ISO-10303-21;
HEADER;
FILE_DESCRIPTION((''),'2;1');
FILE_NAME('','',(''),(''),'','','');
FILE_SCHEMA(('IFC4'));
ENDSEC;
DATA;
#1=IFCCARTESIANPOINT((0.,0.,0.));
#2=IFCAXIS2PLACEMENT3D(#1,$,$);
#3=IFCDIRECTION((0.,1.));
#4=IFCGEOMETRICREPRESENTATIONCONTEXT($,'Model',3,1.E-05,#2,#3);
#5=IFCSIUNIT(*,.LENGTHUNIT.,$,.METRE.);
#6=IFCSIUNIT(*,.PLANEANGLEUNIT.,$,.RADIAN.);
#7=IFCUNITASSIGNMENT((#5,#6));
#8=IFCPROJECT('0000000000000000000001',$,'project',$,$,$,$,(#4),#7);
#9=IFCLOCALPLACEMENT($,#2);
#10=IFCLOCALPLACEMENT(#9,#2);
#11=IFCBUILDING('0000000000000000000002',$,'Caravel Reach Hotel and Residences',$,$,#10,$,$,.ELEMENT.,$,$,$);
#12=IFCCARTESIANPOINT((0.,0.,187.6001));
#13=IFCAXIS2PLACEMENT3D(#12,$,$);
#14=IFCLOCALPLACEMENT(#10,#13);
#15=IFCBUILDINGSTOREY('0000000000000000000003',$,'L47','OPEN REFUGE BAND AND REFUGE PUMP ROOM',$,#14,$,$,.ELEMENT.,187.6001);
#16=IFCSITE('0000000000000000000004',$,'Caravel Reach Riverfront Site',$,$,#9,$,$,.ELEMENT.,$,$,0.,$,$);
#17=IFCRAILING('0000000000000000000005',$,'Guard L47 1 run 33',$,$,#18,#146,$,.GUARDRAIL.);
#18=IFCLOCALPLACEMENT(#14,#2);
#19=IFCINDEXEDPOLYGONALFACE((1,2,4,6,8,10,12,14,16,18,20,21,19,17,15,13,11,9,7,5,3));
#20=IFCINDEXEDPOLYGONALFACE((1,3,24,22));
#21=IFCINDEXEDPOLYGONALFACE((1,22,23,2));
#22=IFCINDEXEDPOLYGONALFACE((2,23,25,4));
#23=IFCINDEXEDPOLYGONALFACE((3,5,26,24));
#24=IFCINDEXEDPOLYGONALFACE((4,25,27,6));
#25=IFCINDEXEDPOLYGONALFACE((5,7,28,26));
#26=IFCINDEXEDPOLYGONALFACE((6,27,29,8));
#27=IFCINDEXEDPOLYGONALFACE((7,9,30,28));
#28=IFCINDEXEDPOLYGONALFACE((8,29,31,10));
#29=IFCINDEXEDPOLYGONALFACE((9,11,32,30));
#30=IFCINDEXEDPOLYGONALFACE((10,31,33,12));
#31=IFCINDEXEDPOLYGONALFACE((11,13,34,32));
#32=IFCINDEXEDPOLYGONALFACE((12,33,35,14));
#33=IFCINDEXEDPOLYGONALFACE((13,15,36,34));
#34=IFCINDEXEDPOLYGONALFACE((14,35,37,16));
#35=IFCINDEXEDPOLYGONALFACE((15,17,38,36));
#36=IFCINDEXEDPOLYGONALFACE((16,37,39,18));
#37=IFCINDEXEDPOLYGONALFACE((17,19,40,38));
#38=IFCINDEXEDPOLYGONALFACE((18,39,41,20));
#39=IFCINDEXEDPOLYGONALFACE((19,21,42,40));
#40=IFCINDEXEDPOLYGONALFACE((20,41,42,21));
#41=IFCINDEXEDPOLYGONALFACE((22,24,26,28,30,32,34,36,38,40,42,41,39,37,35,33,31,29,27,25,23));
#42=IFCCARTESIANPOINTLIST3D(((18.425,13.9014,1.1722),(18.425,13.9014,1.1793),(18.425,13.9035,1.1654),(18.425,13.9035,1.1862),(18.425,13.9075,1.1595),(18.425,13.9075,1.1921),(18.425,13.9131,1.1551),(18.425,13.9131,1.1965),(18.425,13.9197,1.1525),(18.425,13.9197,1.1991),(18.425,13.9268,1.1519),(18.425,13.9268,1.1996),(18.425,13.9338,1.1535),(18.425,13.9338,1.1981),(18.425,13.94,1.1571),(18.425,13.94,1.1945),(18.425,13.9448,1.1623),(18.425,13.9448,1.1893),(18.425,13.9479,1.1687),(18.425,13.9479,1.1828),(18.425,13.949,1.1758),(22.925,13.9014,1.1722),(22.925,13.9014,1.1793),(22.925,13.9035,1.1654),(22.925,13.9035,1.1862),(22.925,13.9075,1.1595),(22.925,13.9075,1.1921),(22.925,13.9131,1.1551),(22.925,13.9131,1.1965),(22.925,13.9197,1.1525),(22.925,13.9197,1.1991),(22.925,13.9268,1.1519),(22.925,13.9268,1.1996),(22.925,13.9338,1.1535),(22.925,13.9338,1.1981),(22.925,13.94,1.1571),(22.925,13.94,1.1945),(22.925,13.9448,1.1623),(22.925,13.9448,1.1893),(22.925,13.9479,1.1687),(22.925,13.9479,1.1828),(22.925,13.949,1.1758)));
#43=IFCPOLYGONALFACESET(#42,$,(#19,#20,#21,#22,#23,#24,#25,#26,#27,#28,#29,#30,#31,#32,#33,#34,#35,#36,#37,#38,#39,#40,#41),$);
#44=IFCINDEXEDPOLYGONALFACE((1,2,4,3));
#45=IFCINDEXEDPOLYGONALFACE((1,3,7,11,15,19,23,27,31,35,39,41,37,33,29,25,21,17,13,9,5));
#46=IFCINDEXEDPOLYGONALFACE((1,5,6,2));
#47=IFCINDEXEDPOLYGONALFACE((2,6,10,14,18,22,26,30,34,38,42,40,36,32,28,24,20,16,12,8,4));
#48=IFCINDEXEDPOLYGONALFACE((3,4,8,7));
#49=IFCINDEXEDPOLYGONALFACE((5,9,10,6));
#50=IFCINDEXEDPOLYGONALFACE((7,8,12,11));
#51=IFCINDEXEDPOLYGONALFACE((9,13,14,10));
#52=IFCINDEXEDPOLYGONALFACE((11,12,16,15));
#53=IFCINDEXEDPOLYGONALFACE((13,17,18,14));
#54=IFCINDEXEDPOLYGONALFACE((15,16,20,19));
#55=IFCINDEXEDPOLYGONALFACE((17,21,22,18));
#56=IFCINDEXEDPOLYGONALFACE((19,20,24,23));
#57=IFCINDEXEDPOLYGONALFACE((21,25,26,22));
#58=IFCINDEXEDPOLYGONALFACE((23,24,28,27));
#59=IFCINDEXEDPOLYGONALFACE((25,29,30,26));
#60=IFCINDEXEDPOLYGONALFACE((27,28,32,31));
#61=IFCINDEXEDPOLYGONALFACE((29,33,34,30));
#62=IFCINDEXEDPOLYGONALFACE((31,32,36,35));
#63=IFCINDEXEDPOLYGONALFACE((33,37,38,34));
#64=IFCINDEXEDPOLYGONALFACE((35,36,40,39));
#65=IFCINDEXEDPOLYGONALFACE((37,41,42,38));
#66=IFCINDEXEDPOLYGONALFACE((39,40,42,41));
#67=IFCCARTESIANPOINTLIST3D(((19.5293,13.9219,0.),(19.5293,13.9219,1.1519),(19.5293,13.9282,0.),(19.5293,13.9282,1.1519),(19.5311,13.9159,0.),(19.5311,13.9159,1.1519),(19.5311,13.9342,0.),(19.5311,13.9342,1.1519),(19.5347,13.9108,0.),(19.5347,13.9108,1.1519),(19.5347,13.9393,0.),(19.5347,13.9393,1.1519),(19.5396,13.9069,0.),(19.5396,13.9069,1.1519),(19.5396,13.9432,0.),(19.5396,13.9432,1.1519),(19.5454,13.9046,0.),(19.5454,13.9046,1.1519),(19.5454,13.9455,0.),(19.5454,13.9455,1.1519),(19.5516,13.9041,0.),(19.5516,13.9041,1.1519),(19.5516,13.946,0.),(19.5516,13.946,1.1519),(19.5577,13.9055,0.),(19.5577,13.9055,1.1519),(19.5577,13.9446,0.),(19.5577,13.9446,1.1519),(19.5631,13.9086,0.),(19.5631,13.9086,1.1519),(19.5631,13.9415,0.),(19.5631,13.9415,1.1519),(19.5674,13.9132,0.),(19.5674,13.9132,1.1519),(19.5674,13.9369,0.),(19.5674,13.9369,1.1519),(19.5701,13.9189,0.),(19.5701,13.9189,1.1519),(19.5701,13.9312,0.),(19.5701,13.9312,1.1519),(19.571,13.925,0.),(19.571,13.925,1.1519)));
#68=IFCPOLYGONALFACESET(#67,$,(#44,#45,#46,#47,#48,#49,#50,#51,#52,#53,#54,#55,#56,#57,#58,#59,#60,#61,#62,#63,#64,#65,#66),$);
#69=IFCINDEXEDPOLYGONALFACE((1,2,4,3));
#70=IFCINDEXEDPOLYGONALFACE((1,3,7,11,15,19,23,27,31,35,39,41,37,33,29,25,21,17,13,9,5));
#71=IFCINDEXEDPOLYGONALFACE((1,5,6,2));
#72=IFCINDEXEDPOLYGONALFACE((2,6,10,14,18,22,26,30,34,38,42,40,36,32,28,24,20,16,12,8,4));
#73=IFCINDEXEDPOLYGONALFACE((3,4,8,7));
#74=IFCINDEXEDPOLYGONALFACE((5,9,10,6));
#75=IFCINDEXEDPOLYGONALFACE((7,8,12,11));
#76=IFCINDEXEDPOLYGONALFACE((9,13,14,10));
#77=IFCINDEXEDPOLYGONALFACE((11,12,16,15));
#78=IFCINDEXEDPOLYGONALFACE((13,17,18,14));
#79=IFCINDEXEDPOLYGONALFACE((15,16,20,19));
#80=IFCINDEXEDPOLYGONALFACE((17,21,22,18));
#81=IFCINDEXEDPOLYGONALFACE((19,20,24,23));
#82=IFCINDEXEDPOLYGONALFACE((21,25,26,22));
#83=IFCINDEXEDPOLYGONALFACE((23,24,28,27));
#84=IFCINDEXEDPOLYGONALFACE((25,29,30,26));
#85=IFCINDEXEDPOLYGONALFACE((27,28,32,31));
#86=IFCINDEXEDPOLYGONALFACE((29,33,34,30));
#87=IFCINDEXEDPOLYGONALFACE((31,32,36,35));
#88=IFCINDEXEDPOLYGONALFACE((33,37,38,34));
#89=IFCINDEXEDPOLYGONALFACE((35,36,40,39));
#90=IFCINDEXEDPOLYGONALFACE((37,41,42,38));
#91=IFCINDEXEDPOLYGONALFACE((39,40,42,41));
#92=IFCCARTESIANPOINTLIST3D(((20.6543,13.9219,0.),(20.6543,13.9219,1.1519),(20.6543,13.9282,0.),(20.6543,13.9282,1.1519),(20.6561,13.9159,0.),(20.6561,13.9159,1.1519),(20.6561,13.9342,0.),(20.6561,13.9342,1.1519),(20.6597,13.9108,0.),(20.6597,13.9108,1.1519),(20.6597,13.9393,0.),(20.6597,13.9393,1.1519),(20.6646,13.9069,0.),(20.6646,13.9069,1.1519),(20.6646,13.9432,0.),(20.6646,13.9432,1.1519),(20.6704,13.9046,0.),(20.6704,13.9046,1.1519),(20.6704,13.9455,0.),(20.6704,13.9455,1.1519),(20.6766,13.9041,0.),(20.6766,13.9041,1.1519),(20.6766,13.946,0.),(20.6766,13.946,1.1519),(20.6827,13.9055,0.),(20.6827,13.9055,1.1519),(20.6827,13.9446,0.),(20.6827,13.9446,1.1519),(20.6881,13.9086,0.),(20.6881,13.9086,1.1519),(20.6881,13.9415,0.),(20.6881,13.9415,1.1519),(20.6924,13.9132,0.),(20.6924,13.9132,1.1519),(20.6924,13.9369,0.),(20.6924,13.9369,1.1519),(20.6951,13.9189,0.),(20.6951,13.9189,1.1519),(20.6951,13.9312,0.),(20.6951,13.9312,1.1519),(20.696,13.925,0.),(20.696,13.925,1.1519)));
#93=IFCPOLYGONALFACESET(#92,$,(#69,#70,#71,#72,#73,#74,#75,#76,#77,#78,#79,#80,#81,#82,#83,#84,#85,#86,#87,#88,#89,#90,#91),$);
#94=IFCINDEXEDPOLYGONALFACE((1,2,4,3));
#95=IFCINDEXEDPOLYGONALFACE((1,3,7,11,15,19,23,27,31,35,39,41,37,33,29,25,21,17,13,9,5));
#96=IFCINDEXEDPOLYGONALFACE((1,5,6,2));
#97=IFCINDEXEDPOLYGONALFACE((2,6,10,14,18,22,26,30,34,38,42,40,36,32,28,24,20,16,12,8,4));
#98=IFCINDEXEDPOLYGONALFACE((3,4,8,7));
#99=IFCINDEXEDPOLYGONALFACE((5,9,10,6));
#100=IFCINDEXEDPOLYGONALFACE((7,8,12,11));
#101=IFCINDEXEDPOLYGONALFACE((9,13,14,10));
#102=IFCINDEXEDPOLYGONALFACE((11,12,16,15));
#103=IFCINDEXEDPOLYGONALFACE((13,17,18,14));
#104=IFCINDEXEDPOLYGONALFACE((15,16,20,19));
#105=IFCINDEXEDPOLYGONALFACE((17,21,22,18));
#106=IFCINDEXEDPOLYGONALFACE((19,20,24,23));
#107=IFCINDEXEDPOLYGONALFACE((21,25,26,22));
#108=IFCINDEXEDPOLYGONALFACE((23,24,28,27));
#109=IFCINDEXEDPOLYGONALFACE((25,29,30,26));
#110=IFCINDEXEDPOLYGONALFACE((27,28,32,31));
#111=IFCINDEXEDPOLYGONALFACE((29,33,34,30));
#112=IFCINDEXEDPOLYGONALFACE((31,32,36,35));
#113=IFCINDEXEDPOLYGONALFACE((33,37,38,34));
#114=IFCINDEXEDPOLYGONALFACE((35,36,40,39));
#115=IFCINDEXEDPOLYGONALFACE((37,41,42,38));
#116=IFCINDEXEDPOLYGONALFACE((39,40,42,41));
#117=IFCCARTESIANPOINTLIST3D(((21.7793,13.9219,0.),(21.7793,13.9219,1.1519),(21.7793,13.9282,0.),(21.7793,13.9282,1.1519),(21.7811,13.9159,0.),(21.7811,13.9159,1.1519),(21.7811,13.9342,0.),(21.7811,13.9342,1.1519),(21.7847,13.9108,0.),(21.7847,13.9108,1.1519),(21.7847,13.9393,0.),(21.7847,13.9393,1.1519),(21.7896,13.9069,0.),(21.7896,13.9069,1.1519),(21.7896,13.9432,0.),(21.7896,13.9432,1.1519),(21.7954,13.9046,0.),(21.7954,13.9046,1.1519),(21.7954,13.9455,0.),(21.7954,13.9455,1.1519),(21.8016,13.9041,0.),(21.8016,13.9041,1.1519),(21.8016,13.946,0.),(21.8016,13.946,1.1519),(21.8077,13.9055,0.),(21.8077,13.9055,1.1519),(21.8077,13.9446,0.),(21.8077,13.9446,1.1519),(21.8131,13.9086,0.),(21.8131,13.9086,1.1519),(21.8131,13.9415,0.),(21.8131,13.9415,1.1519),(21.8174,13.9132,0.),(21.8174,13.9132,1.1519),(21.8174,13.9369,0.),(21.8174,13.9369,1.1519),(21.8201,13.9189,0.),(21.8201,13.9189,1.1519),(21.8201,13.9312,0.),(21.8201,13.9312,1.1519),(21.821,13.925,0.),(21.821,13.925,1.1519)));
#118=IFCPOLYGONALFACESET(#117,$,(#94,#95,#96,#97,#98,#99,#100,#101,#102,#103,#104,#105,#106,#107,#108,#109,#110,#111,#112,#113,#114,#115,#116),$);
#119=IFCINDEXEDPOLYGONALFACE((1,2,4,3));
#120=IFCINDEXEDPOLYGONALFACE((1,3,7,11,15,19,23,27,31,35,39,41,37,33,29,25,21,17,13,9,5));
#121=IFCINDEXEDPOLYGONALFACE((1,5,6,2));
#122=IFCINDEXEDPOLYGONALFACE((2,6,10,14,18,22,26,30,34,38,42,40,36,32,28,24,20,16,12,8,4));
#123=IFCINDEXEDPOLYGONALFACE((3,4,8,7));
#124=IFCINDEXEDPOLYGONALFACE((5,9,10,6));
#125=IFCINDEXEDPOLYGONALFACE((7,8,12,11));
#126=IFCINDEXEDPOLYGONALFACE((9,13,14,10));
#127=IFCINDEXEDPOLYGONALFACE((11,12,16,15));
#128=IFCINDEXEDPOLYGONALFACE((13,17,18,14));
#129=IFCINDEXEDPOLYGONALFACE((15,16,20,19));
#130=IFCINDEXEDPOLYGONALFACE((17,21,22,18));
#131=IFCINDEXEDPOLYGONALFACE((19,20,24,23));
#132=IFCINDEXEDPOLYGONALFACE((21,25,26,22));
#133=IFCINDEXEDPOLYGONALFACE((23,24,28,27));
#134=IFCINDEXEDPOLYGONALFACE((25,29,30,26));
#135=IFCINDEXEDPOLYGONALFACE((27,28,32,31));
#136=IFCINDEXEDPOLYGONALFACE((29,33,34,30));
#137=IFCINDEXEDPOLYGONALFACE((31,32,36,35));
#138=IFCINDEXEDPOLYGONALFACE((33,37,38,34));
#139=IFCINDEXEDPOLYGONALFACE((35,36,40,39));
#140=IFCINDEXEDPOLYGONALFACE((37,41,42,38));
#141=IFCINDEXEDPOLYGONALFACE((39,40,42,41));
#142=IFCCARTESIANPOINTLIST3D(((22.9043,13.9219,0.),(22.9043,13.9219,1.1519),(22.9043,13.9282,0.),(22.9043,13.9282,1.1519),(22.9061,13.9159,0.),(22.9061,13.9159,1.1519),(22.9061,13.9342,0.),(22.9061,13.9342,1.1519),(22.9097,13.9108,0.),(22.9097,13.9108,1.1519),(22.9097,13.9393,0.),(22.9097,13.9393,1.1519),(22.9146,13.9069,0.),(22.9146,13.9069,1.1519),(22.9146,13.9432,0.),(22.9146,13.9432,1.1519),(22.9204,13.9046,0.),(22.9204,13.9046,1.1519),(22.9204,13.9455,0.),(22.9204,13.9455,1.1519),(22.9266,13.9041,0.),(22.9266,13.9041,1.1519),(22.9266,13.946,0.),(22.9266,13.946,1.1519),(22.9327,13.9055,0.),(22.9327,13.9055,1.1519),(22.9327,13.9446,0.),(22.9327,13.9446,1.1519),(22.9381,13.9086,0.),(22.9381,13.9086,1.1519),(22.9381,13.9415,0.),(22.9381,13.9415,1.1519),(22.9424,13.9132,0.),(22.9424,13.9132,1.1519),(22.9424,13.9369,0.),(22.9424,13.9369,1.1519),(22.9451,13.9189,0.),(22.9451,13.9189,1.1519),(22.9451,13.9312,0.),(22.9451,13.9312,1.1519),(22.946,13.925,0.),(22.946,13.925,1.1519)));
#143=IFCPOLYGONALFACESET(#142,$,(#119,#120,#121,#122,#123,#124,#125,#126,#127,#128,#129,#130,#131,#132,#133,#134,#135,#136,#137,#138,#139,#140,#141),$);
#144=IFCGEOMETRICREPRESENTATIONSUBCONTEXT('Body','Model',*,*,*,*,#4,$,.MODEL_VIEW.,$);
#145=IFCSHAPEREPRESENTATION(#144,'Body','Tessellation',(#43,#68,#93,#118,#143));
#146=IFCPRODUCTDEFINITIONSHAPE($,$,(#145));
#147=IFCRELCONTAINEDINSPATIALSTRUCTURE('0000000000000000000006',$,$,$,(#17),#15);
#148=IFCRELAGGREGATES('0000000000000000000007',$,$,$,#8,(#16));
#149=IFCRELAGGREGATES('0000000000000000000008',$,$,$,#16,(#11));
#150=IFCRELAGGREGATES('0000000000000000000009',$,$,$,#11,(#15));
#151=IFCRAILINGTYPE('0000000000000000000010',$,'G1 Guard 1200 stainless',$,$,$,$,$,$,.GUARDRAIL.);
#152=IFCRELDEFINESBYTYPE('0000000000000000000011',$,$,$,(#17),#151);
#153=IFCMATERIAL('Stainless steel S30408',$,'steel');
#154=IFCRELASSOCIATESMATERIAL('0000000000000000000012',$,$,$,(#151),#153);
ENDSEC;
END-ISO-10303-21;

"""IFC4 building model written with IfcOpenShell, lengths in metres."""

from ifc_helpers import new_model, si_unit, direction, frame, origin, origin_2d, place, context, subcontext, project, spatial, circle, extrude, material, type_object, element, save


model = new_model("IFC4")

# Units and contexts
model_context = context("Model", 3, precision=1e-05, world=origin(), true_north=direction((0.0, 1.0)))
body_context = subcontext(model_context, "Body", "Model", "MODEL_VIEW")
ifc_project = project(units=[si_unit("LENGTHUNIT", "METRE"), si_unit("PLANEANGLEUNIT", "RADIAN")], contexts=[model_context])

# Site, building, storey
site_placement = place(None, origin())
site = spatial("IfcSite", under=ifc_project, at=site_placement, Name="Caravel Reach Riverfront Site", CompositionType="ELEMENT", RefElevation=0.0)
building_placement = place(site_placement, origin())
building = spatial("IfcBuilding", under=site, at=building_placement, Name="Caravel Reach Hotel and Residences", CompositionType="ELEMENT")
storey_placement = place(building_placement, frame((0.0, 0.0, 187.6001)))
storey = spatial("IfcBuildingStorey", under=building, at=storey_placement, Name="L47", Description="OPEN REFUGE BAND AND REFUGE PUMP ROOM", CompositionType="ELEMENT", Elevation=187.6001)

# Railing
ifc_material_1 = material(Name="Stainless steel S30408", Category="steel")
railing_type = type_object("IfcRailingType", Name="G1 Guard 1200 stainless", PredefinedType="GUARDRAIL", material=ifc_material_1)
railing_1_placement = place(storey_placement, frame((18.425, 13.925, 0.0)))
element("IfcRailing", 1, at=railing_1_placement, inside=storey, type_object=railing_type, Name="Guard L47 1 run 33", PredefinedType="GUARDRAIL", context=body_context, shape_type="SweptSolid", body=[
    extrude(circle(Radius=0.0239, at=origin_2d()), frame((0.0, 0.0, 1.1758), z_axis=(1.0, 0.0, 0.0), x_axis=(0.0, 1.0, 0.0)), (0.0, 0.0, 1.0), 4.5),
    extrude(circle(Radius=0.021, at=origin_2d()), frame((1.125, 0.0, 0.0)), (0.0, 0.0, 1.0), 1.1519),
    extrude(circle(Radius=0.021, at=origin_2d()), frame((2.25, 0.0, 0.0)), (0.0, 0.0, 1.0), 1.1519),
    extrude(circle(Radius=0.021, at=origin_2d()), frame((3.375, 0.0, 0.0)), (0.0, 0.0, 1.0), 1.1519),
    extrude(circle(Radius=0.021, at=origin_2d()), frame((4.5, 0.0, 0.0)), (0.0, 0.0, 1.0), 1.1519),
])

save(model, "model.ifc")
